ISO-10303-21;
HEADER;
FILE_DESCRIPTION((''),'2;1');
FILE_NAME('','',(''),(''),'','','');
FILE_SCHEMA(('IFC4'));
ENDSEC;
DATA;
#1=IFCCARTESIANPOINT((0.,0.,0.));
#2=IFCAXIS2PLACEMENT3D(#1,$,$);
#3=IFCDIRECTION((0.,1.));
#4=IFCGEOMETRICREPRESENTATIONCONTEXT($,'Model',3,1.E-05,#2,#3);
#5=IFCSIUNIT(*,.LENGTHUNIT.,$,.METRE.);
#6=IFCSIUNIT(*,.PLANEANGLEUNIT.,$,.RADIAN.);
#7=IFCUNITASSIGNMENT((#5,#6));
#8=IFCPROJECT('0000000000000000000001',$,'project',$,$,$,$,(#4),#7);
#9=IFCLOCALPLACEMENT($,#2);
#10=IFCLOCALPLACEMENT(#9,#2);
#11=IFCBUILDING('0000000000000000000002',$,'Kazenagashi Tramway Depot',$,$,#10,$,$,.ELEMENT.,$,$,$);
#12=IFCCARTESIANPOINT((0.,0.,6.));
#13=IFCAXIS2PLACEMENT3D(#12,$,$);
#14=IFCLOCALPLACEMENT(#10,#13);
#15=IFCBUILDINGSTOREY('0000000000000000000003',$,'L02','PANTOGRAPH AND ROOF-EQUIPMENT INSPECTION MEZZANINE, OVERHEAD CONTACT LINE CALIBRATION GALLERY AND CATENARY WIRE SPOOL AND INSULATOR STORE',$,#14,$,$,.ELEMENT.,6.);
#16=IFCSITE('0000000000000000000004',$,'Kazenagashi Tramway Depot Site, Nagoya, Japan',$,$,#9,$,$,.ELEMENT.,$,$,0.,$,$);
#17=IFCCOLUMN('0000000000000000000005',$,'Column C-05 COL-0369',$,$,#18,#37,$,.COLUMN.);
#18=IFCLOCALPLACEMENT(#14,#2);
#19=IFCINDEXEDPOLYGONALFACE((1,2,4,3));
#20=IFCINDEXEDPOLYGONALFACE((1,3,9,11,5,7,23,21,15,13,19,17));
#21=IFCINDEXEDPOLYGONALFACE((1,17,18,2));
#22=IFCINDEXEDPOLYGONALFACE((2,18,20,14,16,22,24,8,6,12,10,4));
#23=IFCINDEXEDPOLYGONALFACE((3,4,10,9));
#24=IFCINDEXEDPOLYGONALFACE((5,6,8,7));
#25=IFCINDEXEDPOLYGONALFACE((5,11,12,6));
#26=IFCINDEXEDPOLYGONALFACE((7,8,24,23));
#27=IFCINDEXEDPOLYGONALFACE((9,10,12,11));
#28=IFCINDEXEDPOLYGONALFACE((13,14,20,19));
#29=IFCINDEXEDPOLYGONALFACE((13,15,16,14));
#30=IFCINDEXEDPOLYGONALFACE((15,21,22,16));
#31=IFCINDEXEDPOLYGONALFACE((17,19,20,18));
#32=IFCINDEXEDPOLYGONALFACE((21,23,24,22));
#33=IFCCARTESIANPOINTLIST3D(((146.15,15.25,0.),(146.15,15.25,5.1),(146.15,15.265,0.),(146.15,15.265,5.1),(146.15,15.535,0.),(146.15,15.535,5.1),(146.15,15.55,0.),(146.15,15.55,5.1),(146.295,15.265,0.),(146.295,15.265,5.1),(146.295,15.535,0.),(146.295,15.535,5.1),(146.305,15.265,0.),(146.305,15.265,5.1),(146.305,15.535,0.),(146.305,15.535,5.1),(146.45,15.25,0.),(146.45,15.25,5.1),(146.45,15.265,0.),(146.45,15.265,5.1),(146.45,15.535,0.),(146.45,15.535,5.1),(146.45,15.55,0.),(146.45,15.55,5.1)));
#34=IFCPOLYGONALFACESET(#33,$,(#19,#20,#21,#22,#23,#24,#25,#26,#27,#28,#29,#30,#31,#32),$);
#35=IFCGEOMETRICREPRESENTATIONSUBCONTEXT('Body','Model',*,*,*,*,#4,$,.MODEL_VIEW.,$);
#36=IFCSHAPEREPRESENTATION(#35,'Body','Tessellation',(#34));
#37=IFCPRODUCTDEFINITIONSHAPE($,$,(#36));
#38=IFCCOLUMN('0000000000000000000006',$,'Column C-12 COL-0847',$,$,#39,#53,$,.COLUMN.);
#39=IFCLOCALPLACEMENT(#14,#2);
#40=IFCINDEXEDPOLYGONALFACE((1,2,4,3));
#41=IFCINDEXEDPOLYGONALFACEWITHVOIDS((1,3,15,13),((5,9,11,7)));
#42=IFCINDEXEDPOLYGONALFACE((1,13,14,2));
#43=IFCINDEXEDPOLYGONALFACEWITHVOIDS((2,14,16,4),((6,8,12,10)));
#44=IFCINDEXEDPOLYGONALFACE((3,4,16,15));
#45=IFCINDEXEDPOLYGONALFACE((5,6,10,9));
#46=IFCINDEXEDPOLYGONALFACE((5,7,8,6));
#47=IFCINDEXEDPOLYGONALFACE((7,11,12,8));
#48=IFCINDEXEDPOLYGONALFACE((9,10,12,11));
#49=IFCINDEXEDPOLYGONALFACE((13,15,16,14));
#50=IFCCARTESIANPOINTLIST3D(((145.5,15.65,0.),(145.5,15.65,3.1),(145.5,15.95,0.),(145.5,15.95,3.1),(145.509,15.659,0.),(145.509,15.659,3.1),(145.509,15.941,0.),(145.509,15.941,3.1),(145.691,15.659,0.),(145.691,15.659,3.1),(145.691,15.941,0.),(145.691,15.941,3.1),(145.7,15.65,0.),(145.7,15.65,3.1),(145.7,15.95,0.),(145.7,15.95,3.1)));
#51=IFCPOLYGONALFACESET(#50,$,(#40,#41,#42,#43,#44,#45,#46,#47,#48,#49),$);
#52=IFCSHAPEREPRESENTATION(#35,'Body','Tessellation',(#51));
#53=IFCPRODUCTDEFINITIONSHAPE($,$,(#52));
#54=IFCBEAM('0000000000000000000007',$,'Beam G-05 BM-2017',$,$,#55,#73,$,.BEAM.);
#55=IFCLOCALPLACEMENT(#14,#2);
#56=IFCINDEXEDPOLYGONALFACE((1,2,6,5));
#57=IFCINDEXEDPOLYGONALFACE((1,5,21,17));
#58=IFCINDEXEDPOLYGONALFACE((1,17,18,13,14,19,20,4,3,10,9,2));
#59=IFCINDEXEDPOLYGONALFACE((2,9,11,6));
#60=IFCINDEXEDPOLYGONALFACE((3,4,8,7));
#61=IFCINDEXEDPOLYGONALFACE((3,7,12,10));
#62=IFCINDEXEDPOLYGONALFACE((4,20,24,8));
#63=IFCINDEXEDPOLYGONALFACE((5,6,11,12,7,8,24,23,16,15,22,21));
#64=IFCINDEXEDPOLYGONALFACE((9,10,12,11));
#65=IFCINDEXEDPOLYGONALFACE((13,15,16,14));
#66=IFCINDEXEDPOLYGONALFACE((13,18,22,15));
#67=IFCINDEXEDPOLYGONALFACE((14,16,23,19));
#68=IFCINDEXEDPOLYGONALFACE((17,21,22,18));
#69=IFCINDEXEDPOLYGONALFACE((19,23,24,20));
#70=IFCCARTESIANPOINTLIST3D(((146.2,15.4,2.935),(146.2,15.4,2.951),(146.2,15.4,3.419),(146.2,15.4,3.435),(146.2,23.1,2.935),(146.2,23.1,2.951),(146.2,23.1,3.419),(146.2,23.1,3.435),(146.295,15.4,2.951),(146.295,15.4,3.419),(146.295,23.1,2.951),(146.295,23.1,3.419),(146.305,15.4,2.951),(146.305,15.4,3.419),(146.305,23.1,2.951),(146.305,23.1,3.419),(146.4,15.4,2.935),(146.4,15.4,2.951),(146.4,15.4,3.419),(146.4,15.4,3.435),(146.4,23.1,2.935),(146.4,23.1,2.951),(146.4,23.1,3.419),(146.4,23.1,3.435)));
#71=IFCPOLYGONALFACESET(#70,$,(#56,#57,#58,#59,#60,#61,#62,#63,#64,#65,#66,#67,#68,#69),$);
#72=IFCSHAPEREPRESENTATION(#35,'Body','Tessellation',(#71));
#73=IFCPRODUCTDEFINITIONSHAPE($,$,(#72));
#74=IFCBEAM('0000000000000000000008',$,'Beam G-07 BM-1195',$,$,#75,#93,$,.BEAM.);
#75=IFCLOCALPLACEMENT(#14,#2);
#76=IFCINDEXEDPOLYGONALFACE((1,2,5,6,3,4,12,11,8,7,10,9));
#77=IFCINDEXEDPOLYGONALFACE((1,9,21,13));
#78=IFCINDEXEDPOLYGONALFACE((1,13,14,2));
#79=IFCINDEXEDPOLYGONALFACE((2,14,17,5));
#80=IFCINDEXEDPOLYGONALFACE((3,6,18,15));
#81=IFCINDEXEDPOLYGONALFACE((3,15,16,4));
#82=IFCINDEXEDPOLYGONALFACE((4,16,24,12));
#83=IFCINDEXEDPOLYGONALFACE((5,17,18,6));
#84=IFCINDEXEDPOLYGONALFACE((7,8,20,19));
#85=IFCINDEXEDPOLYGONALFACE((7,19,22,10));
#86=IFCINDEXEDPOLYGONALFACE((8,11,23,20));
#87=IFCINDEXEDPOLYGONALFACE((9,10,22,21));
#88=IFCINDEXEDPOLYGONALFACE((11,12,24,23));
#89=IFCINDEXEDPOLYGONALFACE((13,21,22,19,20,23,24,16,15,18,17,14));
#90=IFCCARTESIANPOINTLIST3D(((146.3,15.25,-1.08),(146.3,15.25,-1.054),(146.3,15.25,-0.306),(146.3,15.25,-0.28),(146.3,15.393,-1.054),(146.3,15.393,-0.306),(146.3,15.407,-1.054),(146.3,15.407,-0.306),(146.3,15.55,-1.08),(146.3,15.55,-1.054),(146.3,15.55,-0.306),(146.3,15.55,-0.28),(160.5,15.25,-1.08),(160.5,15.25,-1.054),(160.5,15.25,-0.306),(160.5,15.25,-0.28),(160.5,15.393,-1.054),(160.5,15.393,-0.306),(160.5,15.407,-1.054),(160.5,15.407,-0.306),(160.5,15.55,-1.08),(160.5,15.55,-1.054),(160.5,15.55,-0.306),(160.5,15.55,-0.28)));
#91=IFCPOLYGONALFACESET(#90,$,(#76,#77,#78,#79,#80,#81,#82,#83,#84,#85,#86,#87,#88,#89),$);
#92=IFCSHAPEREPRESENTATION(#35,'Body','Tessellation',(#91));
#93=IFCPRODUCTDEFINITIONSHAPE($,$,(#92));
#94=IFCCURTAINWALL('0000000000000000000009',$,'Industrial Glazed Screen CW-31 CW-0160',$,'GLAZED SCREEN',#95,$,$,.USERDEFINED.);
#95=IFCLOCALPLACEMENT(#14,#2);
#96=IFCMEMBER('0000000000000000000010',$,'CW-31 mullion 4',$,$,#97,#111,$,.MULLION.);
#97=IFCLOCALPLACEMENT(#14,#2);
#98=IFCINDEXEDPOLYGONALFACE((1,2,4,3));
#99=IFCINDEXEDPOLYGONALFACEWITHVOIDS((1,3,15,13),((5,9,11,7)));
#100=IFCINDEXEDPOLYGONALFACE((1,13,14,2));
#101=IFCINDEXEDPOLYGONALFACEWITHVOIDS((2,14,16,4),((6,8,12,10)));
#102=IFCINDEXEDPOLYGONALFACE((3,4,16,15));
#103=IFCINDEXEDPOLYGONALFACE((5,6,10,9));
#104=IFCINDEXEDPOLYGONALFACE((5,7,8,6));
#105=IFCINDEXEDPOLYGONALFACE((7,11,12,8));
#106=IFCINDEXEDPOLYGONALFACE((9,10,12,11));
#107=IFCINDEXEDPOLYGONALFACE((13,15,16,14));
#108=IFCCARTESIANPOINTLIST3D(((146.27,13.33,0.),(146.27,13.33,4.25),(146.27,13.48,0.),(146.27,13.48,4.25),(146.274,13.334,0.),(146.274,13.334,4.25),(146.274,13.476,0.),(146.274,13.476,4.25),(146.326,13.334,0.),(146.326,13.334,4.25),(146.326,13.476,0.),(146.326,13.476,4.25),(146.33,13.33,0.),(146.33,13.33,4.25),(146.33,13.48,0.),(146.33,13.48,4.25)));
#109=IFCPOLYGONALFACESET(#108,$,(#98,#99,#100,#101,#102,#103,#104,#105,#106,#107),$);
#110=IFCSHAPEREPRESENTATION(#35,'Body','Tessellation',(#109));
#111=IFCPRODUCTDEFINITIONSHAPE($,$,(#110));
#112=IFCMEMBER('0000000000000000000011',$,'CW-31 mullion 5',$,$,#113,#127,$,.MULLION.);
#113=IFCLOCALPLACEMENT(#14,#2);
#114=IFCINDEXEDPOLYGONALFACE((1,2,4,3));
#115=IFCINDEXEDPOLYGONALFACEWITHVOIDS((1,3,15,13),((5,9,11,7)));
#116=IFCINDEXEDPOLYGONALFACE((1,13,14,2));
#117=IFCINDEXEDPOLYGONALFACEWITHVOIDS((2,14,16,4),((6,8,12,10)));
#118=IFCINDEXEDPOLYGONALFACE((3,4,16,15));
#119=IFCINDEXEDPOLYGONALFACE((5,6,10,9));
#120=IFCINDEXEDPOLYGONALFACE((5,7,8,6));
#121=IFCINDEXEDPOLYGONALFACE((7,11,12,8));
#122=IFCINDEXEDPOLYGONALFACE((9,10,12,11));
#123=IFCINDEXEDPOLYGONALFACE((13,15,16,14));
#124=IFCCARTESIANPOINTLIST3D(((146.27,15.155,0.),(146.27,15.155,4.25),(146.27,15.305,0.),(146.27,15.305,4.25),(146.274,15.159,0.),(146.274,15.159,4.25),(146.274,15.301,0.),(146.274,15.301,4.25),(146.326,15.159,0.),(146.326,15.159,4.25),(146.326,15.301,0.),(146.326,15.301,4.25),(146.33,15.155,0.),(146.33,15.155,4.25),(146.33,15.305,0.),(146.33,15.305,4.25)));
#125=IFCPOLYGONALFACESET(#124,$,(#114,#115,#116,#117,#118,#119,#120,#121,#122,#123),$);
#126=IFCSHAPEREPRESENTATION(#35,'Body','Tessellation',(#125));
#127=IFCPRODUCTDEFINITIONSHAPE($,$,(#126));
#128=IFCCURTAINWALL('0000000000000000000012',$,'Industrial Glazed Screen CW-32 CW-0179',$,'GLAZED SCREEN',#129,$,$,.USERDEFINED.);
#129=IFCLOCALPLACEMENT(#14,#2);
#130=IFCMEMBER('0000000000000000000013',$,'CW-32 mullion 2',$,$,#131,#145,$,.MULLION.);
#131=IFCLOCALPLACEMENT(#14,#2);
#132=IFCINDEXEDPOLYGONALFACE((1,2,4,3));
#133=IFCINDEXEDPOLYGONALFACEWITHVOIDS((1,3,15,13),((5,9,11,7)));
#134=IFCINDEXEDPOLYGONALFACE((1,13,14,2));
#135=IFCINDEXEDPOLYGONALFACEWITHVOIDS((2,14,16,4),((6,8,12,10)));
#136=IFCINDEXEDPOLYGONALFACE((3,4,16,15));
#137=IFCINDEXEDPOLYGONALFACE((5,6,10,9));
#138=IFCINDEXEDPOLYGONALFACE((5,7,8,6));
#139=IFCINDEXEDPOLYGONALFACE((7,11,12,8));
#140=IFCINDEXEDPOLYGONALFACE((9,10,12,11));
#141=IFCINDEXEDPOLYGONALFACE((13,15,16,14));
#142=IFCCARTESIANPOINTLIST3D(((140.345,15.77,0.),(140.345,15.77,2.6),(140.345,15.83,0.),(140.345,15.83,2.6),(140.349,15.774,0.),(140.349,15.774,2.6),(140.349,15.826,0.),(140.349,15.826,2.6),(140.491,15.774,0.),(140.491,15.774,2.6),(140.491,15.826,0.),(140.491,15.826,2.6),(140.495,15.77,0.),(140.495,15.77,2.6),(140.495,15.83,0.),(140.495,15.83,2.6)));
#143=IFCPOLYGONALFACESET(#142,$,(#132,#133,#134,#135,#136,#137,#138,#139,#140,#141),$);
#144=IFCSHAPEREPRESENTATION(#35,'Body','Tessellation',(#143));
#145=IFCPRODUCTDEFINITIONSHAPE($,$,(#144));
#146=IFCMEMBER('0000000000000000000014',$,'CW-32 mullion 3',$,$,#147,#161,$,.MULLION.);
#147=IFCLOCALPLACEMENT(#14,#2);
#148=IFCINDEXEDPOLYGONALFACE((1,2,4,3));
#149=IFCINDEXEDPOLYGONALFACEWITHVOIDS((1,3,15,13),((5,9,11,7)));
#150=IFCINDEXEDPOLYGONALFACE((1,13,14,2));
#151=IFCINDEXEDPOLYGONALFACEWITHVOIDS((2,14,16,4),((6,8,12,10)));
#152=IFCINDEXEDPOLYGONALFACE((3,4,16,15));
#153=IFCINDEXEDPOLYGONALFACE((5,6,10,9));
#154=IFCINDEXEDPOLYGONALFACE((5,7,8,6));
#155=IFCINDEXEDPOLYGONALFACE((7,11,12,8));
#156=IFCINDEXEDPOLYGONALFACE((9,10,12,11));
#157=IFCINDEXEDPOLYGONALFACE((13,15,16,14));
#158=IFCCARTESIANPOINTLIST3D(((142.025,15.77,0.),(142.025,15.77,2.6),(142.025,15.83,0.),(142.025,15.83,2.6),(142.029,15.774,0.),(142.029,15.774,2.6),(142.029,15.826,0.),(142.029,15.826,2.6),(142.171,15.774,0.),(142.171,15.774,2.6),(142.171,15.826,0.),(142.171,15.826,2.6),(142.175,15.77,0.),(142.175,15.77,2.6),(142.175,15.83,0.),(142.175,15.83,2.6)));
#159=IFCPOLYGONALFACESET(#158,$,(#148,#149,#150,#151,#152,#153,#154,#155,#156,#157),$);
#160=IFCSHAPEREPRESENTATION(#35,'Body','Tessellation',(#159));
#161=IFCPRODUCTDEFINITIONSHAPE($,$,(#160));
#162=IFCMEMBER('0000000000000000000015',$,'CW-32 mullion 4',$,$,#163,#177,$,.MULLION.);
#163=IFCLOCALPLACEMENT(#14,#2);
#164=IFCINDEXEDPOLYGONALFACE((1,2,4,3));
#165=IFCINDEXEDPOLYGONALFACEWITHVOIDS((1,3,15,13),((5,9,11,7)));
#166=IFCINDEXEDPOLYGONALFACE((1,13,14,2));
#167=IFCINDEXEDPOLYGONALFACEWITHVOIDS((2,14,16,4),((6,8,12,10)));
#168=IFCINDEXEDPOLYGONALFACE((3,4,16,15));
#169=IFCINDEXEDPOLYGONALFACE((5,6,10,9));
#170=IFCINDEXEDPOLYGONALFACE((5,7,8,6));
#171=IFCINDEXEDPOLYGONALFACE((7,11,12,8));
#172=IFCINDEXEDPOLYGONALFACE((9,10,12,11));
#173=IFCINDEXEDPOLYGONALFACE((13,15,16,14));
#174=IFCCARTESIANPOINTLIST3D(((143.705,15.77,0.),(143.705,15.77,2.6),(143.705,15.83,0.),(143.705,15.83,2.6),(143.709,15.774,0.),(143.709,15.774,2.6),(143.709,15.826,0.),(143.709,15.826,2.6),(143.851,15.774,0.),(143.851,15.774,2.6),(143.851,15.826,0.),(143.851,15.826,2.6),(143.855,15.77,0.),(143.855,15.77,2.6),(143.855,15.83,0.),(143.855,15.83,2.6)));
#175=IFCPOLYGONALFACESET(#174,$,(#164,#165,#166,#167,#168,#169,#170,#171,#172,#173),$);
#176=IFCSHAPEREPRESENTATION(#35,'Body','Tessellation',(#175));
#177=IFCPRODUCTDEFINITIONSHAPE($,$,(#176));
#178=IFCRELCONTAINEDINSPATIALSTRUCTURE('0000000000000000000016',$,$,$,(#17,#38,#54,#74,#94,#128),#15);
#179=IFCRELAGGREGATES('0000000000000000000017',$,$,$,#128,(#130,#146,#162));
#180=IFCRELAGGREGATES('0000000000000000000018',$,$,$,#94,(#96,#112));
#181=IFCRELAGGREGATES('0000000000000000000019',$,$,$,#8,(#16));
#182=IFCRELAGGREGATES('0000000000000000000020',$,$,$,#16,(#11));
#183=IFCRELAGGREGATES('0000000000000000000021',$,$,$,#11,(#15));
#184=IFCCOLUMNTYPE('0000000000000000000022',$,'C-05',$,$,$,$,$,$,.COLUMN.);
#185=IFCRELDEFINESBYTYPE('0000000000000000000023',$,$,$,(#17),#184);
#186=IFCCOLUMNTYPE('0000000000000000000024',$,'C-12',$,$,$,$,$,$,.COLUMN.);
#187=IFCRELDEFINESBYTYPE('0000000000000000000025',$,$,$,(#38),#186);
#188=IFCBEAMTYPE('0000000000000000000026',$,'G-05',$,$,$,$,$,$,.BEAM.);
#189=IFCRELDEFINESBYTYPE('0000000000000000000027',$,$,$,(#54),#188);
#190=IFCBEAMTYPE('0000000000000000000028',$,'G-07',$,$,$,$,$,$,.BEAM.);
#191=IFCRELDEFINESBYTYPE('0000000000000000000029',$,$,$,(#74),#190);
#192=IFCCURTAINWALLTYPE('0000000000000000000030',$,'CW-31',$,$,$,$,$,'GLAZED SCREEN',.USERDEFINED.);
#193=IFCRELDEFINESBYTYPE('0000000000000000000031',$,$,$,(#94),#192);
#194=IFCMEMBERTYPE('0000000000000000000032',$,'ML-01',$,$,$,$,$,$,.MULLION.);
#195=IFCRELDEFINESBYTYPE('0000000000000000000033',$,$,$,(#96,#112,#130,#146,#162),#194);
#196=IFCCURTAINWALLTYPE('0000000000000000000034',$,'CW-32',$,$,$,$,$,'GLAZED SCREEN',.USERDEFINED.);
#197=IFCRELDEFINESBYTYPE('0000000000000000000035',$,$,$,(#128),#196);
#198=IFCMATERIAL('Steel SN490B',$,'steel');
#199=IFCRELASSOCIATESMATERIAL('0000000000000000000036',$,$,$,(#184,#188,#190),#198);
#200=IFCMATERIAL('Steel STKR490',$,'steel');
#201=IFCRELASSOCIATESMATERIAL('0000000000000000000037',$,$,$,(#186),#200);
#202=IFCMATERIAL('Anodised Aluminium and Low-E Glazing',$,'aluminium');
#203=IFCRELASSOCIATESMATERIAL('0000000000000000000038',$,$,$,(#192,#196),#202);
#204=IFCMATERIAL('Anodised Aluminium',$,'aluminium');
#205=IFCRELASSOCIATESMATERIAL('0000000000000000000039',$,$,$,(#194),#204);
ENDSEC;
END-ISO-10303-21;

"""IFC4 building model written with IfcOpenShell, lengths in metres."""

from ifc_helpers import new_model, si_unit, direction, frame, origin, origin_2d, place, context, subcontext, project, spatial, hollow_rectangle, i_section, extrude, material, material_profile, profile_set, type_object, element, aggregate, save


model = new_model("IFC4")

# Units and contexts
model_context = context("Model", 3, precision=1e-05, world=origin(), true_north=direction((0.0, 1.0)))
body_context = subcontext(model_context, "Body", "Model", "MODEL_VIEW")
ifc_project = project(units=[si_unit("LENGTHUNIT", "METRE"), si_unit("PLANEANGLEUNIT", "RADIAN")], contexts=[model_context])

# Site, building, storey
site_placement = place(None, origin())
site = spatial("IfcSite", under=ifc_project, at=site_placement, Name="Kazenagashi Tramway Depot Site, Nagoya, Japan", CompositionType="ELEMENT", RefElevation=0.0)
building_placement = place(site_placement, origin())
building = spatial("IfcBuilding", under=site, at=building_placement, Name="Kazenagashi Tramway Depot", CompositionType="ELEMENT")
storey_placement = place(building_placement, frame((0.0, 0.0, 6.0)))
storey = spatial("IfcBuildingStorey", under=building, at=storey_placement, Name="L02", Description="PANTOGRAPH AND ROOF-EQUIPMENT INSPECTION MEZZANINE, OVERHEAD CONTACT LINE CALIBRATION GALLERY AND CATENARY WIRE SPOOL AND INSULATOR STORE", CompositionType="ELEMENT", Elevation=6.0)

# Columns
ifc_material_1 = material(Name="Steel SN490B", Category="steel")
ifc_material_profile_1 = material_profile(ifc_material_1, i_section(OverallWidth=0.3, OverallDepth=0.3, WebThickness=0.01, FlangeThickness=0.015, at=origin_2d()), Name="H-300x300x10x15")
ifc_profile_set_1 = profile_set([ifc_material_profile_1], Name="Steel SN490B")
column_type_1 = type_object("IfcColumnType", Name="C-05", PredefinedType="COLUMN", material=ifc_profile_set_1)
column_1_placement = place(storey_placement, frame((146.3, 15.4, 0.0), z_axis=(0.0, 0.0, 1.0), x_axis=(1.0, 0.0, 0.0)))
element("IfcColumn", 1, at=column_1_placement, inside=storey, type_object=column_type_1, Name="Column C-05 COL-0369", PredefinedType="COLUMN", context=body_context, shape_type="SweptSolid", body=[
    extrude(i_section(OverallWidth=0.3, OverallDepth=0.3, WebThickness=0.01, FlangeThickness=0.015, at=origin_2d()), origin(), (0.0, 0.0, 1.0), 5.1),
])
ifc_material_2 = material(Name="Steel STKR490", Category="steel")
ifc_material_profile_2 = material_profile(ifc_material_2, hollow_rectangle(XDim=0.2, YDim=0.3, WallThickness=0.009, at=origin_2d()), Name="RHS-300x200x9")
ifc_profile_set_2 = profile_set([ifc_material_profile_2], Name="Steel STKR490")
column_type_2 = type_object("IfcColumnType", Name="C-12", PredefinedType="COLUMN", material=ifc_profile_set_2)
column_2_placement = place(storey_placement, frame((145.6, 15.8, 0.0), z_axis=(0.0, 0.0, 1.0), x_axis=(1.0, 0.0, 0.0)))
element("IfcColumn", 2, at=column_2_placement, inside=storey, type_object=column_type_2, Name="Column C-12 COL-0847", PredefinedType="COLUMN", context=body_context, shape_type="SweptSolid", body=[
    extrude(hollow_rectangle(XDim=0.2, YDim=0.3, WallThickness=0.009, at=origin_2d()), origin(), (0.0, 0.0, 1.0), 3.1),
])

# Beams
ifc_material_profile_3 = material_profile(ifc_material_1, i_section(OverallWidth=0.2, OverallDepth=0.5, WebThickness=0.01, FlangeThickness=0.016, at=origin_2d()), Name="H-500x200x10x16")
ifc_profile_set_3 = profile_set([ifc_material_profile_3], Name="Steel SN490B")
beam_type_1 = type_object("IfcBeamType", Name="G-05", PredefinedType="BEAM", material=ifc_profile_set_3)
beam_1_placement = place(storey_placement, frame((146.3, 15.4, 3.185), z_axis=(0.0, 1.0, 0.0), x_axis=(-1.0, 0.0, 0.0)))
element("IfcBeam", 3, at=beam_1_placement, inside=storey, type_object=beam_type_1, Name="Beam G-05 BM-2017", PredefinedType="BEAM", context=body_context, shape_type="SweptSolid", body=[
    extrude(i_section(OverallWidth=0.2, OverallDepth=0.5, WebThickness=0.01, FlangeThickness=0.016, at=origin_2d()), origin(), (0.0, 0.0, 1.0), 7.7),
])
ifc_material_profile_4 = material_profile(ifc_material_1, i_section(OverallWidth=0.3, OverallDepth=0.8, WebThickness=0.014, FlangeThickness=0.026, at=origin_2d()), Name="H-800x300x14x26")
ifc_profile_set_4 = profile_set([ifc_material_profile_4], Name="Steel SN490B")
beam_type_2 = type_object("IfcBeamType", Name="G-07", PredefinedType="BEAM", material=ifc_profile_set_4)
beam_2_placement = place(storey_placement, frame((146.3, 15.4, -0.68), z_axis=(1.0, 0.0, 0.0), x_axis=(0.0, 1.0, 0.0)))
element("IfcBeam", 4, at=beam_2_placement, inside=storey, type_object=beam_type_2, Name="Beam G-07 BM-1195", PredefinedType="BEAM", context=body_context, shape_type="SweptSolid", body=[
    extrude(i_section(OverallWidth=0.3, OverallDepth=0.8, WebThickness=0.014, FlangeThickness=0.026, at=origin_2d()), origin(), (0.0, 0.0, 1.0), 14.2),
])

# Curtain walls, members
ifc_material_3 = material(Name="Anodised Aluminium and Low-E Glazing", Category="aluminium")
curtain_wall_type_1 = type_object("IfcCurtainWallType", Name="CW-31", ElementType="GLAZED SCREEN", PredefinedType="USERDEFINED", material=ifc_material_3)
curtain_wall_1_placement = place(storey_placement, origin())
curtain_wall_1 = element("IfcCurtainWall", 5, at=curtain_wall_1_placement, inside=storey, type_object=curtain_wall_type_1, Name="Industrial Glazed Screen CW-31 CW-0160", ObjectType="GLAZED SCREEN", PredefinedType="USERDEFINED")
ifc_material_4 = material(Name="Anodised Aluminium", Category="aluminium")
ifc_material_profile_5 = material_profile(ifc_material_4, hollow_rectangle(XDim=0.06, YDim=0.15, WallThickness=0.004, at=origin_2d()), Name="RHS-150x60x4")
ifc_profile_set_5 = profile_set([ifc_material_profile_5], Name="Anodised Aluminium")
member_type_1 = type_object("IfcMemberType", Name="ML-01", PredefinedType="MULLION", material=ifc_profile_set_5)
member_1_placement = place(storey_placement, frame((146.3, 13.405, 0.0), z_axis=(0.0, 0.0, 1.0), x_axis=(-1.0, 0.0, 0.0)))
member_1 = element("IfcMember", 6, at=member_1_placement, type_object=member_type_1, Name="CW-31 mullion 4", PredefinedType="MULLION", context=body_context, shape_type="SweptSolid", body=[
    extrude(hollow_rectangle(XDim=0.06, YDim=0.15, WallThickness=0.004, at=origin_2d()), origin(), (0.0, 0.0, 1.0), 4.25),
])
member_2_placement = place(storey_placement, frame((146.3, 15.23, 0.0), z_axis=(0.0, 0.0, 1.0), x_axis=(-1.0, 0.0, 0.0)))
member_2 = element("IfcMember", 7, at=member_2_placement, type_object=member_type_1, Name="CW-31 mullion 5", PredefinedType="MULLION", context=body_context, shape_type="SweptSolid", body=[
    extrude(hollow_rectangle(XDim=0.06, YDim=0.15, WallThickness=0.004, at=origin_2d()), origin(), (0.0, 0.0, 1.0), 4.25),
])
curtain_wall_type_2 = type_object("IfcCurtainWallType", Name="CW-32", ElementType="GLAZED SCREEN", PredefinedType="USERDEFINED", material=ifc_material_3)
curtain_wall_2_placement = place(storey_placement, origin())
curtain_wall_2 = element("IfcCurtainWall", 8, at=curtain_wall_2_placement, inside=storey, type_object=curtain_wall_type_2, Name="Industrial Glazed Screen CW-32 CW-0179", ObjectType="GLAZED SCREEN", PredefinedType="USERDEFINED")
member_3_placement = place(storey_placement, frame((140.42, 15.8, 0.0), z_axis=(0.0, 0.0, 1.0), x_axis=(0.0, 1.0, 0.0)))
member_3 = element("IfcMember", 9, at=member_3_placement, type_object=member_type_1, Name="CW-32 mullion 2", PredefinedType="MULLION", context=body_context, shape_type="SweptSolid", body=[
    extrude(hollow_rectangle(XDim=0.06, YDim=0.15, WallThickness=0.004, at=origin_2d()), origin(), (0.0, 0.0, 1.0), 2.6),
])
member_4_placement = place(storey_placement, frame((142.1, 15.8, 0.0), z_axis=(0.0, 0.0, 1.0), x_axis=(0.0, 1.0, 0.0)))
member_4 = element("IfcMember", 10, at=member_4_placement, type_object=member_type_1, Name="CW-32 mullion 3", PredefinedType="MULLION", context=body_context, shape_type="SweptSolid", body=[
    extrude(hollow_rectangle(XDim=0.06, YDim=0.15, WallThickness=0.004, at=origin_2d()), origin(), (0.0, 0.0, 1.0), 2.6),
])
member_5_placement = place(storey_placement, frame((143.78, 15.8, 0.0), z_axis=(0.0, 0.0, 1.0), x_axis=(0.0, 1.0, 0.0)))
member_5 = element("IfcMember", 11, at=member_5_placement, type_object=member_type_1, Name="CW-32 mullion 4", PredefinedType="MULLION", context=body_context, shape_type="SweptSolid", body=[
    extrude(hollow_rectangle(XDim=0.06, YDim=0.15, WallThickness=0.004, at=origin_2d()), origin(), (0.0, 0.0, 1.0), 2.6),
])

aggregate(curtain_wall_2, [member_3, member_4, member_5])
aggregate(curtain_wall_1, [member_1, member_2])

save(model, "model.ifc")
